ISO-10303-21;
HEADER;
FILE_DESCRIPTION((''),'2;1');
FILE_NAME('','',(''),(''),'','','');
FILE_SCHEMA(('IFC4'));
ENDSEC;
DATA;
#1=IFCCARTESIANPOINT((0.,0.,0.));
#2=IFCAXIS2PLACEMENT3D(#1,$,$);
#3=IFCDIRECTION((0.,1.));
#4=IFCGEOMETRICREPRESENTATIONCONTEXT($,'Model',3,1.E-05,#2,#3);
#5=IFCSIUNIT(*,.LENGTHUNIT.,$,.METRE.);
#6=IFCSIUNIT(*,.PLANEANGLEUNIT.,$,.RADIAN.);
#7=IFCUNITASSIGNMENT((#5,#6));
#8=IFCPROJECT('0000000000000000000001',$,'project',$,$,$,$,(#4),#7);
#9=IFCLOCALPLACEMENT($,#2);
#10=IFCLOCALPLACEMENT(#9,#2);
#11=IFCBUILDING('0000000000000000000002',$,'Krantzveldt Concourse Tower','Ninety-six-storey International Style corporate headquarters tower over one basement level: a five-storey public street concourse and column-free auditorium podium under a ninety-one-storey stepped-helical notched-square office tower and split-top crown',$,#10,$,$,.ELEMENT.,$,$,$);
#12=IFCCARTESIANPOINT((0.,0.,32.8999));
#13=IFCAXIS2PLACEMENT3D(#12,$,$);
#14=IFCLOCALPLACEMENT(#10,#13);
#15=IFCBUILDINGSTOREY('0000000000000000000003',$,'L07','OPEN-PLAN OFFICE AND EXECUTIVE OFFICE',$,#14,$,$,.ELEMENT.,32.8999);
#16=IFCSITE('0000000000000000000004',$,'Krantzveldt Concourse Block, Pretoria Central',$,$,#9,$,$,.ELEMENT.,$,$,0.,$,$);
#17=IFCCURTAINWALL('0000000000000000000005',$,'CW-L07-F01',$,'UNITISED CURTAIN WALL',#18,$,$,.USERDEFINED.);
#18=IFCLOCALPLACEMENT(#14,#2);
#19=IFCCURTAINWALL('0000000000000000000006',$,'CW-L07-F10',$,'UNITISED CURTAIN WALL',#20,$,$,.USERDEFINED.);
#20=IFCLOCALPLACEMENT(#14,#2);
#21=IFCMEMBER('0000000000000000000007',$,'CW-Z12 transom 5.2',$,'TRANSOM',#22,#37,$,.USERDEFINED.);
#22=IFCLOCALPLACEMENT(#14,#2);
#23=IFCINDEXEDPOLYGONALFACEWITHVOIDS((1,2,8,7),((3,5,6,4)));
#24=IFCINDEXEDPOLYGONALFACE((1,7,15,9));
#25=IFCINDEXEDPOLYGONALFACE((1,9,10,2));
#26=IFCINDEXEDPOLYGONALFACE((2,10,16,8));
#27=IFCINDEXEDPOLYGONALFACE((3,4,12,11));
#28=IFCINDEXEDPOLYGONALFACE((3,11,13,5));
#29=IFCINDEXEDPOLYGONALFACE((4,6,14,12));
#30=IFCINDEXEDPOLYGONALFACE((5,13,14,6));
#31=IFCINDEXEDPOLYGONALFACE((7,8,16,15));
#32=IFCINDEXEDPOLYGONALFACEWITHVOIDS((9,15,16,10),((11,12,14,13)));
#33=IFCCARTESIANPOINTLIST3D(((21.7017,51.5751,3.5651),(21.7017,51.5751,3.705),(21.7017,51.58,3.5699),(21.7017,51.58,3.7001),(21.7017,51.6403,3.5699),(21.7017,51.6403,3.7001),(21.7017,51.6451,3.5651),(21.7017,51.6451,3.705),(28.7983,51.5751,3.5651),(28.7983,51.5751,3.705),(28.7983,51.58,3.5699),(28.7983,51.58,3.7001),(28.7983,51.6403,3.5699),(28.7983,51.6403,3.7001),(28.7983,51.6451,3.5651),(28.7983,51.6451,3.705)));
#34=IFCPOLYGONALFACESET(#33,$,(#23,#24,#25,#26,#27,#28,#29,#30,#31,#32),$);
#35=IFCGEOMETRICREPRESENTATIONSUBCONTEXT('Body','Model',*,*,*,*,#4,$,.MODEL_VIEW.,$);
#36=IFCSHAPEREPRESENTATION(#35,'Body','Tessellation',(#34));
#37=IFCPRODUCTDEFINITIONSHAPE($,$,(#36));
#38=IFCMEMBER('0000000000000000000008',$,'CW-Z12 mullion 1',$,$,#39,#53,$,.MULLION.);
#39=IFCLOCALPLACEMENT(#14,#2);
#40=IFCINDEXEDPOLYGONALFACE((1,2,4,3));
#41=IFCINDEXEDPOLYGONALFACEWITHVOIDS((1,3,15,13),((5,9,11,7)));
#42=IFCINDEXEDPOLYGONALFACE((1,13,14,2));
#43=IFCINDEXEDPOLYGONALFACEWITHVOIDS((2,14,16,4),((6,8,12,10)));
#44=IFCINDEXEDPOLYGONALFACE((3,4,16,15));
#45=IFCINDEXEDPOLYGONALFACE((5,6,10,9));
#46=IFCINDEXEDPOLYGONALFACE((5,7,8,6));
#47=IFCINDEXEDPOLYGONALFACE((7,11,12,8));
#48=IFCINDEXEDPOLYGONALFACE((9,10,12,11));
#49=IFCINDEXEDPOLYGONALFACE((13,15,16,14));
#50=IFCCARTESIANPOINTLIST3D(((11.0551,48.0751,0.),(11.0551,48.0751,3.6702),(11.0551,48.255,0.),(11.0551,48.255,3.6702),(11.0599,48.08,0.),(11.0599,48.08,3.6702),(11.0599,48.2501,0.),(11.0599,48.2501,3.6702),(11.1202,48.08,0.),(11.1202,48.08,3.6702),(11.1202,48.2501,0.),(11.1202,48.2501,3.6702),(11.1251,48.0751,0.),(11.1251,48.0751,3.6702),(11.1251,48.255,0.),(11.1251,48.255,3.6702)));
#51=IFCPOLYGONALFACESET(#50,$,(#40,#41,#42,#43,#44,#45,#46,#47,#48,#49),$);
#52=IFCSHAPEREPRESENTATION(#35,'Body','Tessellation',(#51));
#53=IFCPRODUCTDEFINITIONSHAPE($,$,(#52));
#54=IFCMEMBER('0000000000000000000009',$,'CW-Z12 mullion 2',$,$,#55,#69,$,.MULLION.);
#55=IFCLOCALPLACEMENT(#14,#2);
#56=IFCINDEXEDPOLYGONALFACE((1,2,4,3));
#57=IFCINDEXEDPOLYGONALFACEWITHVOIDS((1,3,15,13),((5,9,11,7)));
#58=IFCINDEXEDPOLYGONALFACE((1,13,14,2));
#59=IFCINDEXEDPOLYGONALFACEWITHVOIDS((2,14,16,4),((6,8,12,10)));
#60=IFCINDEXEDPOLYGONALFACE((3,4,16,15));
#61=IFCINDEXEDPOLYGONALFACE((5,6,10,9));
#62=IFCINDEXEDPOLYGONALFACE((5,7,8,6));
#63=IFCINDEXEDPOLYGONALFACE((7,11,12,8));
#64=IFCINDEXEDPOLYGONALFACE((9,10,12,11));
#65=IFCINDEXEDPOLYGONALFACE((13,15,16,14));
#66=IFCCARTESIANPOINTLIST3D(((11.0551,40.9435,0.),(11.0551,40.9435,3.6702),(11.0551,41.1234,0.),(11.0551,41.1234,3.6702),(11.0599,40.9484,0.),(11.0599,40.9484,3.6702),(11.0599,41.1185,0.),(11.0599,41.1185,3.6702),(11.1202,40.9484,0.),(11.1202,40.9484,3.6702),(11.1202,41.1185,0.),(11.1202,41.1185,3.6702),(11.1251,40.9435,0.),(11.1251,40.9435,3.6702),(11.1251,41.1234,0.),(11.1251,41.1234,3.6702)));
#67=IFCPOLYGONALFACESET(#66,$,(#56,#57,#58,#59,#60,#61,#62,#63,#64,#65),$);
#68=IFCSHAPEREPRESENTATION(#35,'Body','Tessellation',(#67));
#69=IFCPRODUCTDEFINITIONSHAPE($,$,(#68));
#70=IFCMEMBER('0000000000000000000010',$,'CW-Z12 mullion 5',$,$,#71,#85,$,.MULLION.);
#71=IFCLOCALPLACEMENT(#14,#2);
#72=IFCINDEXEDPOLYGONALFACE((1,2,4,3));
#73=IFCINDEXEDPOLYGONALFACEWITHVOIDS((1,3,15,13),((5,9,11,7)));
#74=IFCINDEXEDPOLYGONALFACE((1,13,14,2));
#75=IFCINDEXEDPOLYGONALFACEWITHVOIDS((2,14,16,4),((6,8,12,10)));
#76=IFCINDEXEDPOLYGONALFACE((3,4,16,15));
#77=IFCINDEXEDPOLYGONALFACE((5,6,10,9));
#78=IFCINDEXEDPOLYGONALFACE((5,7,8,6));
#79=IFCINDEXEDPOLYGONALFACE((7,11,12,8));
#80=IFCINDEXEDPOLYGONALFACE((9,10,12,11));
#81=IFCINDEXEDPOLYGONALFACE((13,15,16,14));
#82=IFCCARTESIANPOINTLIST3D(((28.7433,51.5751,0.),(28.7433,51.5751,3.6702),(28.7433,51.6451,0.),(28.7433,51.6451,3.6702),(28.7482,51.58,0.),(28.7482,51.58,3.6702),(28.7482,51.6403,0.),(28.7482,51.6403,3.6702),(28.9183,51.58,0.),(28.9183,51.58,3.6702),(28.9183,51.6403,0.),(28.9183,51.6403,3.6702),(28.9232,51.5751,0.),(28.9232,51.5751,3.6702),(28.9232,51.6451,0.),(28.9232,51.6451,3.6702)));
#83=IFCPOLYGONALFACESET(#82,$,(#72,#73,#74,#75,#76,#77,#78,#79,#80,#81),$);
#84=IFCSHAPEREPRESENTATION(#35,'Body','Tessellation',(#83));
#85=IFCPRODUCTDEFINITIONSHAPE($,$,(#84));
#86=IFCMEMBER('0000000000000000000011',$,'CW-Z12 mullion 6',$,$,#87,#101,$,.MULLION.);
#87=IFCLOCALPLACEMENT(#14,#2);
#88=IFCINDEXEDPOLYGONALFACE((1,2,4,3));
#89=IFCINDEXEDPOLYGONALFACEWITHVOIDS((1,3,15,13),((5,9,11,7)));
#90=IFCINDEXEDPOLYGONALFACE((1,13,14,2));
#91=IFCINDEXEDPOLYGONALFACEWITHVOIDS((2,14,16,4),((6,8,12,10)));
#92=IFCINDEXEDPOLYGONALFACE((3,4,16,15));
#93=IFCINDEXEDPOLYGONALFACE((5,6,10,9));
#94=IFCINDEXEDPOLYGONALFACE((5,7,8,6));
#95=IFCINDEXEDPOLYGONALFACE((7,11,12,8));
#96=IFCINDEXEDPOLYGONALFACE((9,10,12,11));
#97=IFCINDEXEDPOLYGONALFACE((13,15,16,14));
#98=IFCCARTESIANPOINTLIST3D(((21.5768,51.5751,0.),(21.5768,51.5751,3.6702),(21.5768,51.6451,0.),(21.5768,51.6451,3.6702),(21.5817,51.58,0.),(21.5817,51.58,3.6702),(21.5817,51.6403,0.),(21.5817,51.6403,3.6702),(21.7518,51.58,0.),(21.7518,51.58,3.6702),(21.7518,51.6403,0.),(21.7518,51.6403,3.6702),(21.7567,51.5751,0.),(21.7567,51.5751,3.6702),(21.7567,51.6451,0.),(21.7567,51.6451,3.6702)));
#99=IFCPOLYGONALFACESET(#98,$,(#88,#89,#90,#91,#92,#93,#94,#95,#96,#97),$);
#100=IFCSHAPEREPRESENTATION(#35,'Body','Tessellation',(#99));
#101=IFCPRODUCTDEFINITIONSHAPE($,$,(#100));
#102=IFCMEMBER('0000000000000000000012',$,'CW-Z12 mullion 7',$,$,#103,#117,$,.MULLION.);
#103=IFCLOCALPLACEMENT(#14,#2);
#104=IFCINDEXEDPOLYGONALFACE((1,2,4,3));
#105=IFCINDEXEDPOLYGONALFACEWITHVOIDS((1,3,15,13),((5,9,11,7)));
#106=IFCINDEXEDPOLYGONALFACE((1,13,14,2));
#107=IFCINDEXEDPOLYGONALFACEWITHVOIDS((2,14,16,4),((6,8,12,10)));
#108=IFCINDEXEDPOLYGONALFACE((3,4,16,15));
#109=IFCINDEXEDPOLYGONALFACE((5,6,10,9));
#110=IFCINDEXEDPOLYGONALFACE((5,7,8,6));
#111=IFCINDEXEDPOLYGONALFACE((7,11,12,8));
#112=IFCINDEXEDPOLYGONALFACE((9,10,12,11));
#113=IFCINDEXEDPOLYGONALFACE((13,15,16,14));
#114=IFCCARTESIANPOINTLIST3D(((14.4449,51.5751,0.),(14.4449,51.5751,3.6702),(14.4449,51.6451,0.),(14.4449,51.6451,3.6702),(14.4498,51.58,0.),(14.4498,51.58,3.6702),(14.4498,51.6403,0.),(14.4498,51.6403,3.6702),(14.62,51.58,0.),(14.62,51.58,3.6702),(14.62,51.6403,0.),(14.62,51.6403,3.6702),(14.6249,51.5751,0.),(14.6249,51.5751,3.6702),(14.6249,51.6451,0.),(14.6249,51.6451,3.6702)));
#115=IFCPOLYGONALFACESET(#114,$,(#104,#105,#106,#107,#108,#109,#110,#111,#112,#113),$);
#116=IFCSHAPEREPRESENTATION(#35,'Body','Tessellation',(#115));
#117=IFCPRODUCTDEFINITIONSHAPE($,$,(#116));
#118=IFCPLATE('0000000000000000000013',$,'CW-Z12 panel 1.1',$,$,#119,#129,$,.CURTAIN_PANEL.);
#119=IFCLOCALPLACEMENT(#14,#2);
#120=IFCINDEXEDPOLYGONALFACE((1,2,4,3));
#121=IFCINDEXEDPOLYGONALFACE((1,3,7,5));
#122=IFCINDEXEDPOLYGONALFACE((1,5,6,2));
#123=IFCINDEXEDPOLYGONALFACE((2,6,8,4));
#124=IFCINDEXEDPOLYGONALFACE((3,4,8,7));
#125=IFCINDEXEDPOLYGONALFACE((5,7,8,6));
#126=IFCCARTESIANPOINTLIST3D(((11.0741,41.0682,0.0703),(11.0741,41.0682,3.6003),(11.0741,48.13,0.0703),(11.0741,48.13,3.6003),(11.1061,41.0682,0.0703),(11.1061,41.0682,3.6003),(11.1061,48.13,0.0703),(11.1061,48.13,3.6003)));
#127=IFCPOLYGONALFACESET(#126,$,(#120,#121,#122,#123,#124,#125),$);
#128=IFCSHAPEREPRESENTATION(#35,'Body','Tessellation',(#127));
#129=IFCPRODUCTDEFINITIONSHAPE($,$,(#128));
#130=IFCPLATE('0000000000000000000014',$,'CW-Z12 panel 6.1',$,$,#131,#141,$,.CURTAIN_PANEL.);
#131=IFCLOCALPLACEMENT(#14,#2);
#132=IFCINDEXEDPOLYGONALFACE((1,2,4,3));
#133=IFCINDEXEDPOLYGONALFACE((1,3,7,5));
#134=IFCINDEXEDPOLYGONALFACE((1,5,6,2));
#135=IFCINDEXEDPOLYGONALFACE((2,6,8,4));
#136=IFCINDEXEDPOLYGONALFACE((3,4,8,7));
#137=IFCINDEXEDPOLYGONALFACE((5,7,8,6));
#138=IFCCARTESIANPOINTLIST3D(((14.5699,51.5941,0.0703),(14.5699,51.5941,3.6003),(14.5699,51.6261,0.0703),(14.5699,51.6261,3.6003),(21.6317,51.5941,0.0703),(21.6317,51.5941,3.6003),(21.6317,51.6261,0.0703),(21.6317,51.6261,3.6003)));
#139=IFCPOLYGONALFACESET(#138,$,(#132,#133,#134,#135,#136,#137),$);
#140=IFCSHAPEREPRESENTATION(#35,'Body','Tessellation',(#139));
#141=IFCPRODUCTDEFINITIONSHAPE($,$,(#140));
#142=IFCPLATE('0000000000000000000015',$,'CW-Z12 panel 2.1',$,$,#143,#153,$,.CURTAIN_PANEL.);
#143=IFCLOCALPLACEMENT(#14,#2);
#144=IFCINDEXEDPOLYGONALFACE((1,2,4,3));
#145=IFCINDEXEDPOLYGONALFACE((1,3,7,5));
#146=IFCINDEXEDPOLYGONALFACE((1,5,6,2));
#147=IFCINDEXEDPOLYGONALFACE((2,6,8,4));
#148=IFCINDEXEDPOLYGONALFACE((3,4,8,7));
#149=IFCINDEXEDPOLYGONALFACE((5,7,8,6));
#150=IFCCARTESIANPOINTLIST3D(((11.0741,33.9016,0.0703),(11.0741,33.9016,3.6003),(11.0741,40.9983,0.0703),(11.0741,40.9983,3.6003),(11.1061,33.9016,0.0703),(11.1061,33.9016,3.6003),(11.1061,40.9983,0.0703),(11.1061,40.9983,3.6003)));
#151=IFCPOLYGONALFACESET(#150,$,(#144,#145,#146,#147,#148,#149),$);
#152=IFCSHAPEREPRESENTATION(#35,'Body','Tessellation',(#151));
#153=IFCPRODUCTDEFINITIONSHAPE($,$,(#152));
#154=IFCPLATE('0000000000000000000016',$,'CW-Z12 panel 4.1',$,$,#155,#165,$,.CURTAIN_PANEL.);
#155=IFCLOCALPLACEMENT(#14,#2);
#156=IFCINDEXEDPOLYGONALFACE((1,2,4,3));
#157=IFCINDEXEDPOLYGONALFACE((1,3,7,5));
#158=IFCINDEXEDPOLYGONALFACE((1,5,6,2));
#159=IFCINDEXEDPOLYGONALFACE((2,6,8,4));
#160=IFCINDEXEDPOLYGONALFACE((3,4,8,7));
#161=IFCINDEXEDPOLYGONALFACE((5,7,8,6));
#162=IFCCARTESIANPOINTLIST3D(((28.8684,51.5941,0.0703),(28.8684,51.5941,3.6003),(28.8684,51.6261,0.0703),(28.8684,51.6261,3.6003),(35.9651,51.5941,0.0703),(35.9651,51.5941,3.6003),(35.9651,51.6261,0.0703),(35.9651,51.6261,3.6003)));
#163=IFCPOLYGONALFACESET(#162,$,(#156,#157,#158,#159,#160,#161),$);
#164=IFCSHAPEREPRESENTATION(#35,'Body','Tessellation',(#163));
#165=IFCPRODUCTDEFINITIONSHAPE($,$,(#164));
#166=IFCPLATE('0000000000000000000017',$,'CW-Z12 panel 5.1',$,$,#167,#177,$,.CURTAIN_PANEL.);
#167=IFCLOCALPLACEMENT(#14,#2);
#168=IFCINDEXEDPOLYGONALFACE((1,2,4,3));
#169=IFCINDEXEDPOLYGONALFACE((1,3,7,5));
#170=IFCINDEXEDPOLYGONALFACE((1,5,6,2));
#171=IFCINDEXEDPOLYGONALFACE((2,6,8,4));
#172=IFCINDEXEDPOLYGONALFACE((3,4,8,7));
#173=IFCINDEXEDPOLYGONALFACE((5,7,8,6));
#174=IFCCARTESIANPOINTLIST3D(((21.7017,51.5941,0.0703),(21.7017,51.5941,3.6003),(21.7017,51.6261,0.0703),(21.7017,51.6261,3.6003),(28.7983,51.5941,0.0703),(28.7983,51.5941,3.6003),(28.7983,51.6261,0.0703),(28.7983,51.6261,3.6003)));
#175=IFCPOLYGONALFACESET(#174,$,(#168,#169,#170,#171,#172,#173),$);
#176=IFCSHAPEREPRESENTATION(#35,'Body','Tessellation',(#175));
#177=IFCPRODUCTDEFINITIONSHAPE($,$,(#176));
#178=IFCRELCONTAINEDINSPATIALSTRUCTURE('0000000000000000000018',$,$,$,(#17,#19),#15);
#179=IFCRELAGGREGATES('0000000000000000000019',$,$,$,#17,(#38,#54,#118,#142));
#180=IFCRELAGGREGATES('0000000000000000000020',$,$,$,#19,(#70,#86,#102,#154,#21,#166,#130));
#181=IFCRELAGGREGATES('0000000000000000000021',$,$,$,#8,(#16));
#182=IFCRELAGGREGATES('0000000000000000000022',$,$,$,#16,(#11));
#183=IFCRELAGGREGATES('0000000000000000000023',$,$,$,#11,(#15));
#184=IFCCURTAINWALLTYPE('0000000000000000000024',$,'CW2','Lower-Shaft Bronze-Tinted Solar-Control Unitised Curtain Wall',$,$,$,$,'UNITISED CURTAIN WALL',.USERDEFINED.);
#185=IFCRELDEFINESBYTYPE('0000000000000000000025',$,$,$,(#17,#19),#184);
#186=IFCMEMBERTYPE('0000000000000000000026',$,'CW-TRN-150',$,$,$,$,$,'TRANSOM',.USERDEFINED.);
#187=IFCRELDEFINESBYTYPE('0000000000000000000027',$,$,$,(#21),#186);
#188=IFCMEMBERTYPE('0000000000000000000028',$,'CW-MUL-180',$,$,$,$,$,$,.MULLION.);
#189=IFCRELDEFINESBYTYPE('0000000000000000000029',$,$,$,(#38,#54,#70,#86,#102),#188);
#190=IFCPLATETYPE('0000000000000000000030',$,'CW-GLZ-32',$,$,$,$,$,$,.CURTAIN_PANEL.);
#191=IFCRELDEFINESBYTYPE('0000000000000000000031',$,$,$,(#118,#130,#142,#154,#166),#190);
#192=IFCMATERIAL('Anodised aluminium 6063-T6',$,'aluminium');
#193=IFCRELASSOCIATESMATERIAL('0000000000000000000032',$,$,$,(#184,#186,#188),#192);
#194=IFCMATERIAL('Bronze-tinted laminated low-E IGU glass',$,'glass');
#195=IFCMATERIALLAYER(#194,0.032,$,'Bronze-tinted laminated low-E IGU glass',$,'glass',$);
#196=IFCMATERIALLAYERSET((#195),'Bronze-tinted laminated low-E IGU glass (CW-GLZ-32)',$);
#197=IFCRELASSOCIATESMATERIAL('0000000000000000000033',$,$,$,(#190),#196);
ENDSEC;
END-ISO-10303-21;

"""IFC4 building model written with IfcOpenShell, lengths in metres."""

from ifc_helpers import new_model, si_unit, direction, frame, origin, origin_2d, place, context, subcontext, project, spatial, rectangle, hollow_rectangle, extrude, source, transform, mapped, material, layer, layer_set, material_profile, profile_set, type_object, type_shapes, element, aggregate, save


model = new_model("IFC4")

# Units and contexts
model_context = context("Model", 3, precision=1e-05, world=origin(), true_north=direction((0.0, 1.0)))
body_context = subcontext(model_context, "Body", "Model", "MODEL_VIEW")
ifc_project = project(units=[si_unit("LENGTHUNIT", "METRE"), si_unit("PLANEANGLEUNIT", "RADIAN")], contexts=[model_context])

# Site, building, storey
site_placement = place(None, origin())
site = spatial("IfcSite", under=ifc_project, at=site_placement, Name="Krantzveldt Concourse Block, Pretoria Central", CompositionType="ELEMENT", RefElevation=0.0)
building_placement = place(site_placement, origin())
building = spatial("IfcBuilding", under=site, at=building_placement, Name="Krantzveldt Concourse Tower", Description="Ninety-six-storey International Style corporate headquarters tower over one basement level: a five-storey public street concourse and column-free auditorium podium under a ninety-one-storey stepped-helical notched-square office tower and split-top crown", CompositionType="ELEMENT")
storey_placement = place(building_placement, frame((0.0, 0.0, 32.8999)))
storey = spatial("IfcBuildingStorey", under=building, at=storey_placement, Name="L07", Description="OPEN-PLAN OFFICE AND EXECUTIVE OFFICE", CompositionType="ELEMENT", Elevation=32.8999)

# Curtain walls
ifc_material_1 = material(Name="Anodised aluminium 6063-T6", Category="aluminium")
curtain_wall_type = type_object("IfcCurtainWallType", Name="CW2", Description="Lower-Shaft Bronze-Tinted Solar-Control Unitised Curtain Wall", ElementType="UNITISED CURTAIN WALL", PredefinedType="USERDEFINED", material=ifc_material_1)
curtain_wall_1_placement = place(storey_placement, origin())
curtain_wall_1 = element("IfcCurtainWall", 1, at=curtain_wall_1_placement, inside=storey, type_object=curtain_wall_type, Name="CW-L07-F01", ObjectType="UNITISED CURTAIN WALL", PredefinedType="USERDEFINED")
ifc_material_profile_1 = material_profile(ifc_material_1, hollow_rectangle(XDim=0.0701, YDim=0.1399, WallThickness=0.0049, at=origin_2d()), Name="Anodised aluminium 6063-T6", Category="aluminium")
ifc_profile_set_1 = profile_set([ifc_material_profile_1], Name="Anodised aluminium 6063-T6 - ALU-TRAN 140x70x5")
member_type_1 = type_object("IfcMemberType", Name="CW-TRN-150", ElementType="TRANSOM", PredefinedType="USERDEFINED", material=ifc_profile_set_1)
curtain_wall_2_placement = place(storey_placement, origin())
curtain_wall_2 = element("IfcCurtainWall", 2, at=curtain_wall_2_placement, inside=storey, type_object=curtain_wall_type, Name="CW-L07-F10", ObjectType="UNITISED CURTAIN WALL", PredefinedType="USERDEFINED")

# Members
shared_shape_1 = source(origin(), body_context, "Body", "SweptSolid", [
    extrude(hollow_rectangle(XDim=0.0701, YDim=0.1399, WallThickness=0.0049, at=origin_2d()), origin(), (0.0, 0.0, 1.0), 7.0967),
])
member_1_placement = place(storey_placement, frame((28.7983, 51.6101, 3.635), z_axis=(-1.0, 0.0, 0.0), x_axis=(0.0, -1.0, 0.0)))
member_1 = element("IfcMember", 3, at=member_1_placement, type_object=member_type_1, Name="CW-Z12 transom 5.2", ObjectType="TRANSOM", PredefinedType="USERDEFINED", context=body_context, shape_type="MappedRepresentation", body=[
    mapped(shared_shape_1, transform((0.0, 0.0, 0.0), x_axis=(1.0, 0.0, 0.0), y_axis=(0.0, 1.0, 0.0), z_axis=(0.0, 0.0, 1.0), scale=1.0)),
])
ifc_material_profile_2 = material_profile(ifc_material_1, hollow_rectangle(XDim=0.0701, YDim=0.1799, WallThickness=0.0049, at=origin_2d()), Name="Anodised aluminium 6063-T6", Category="aluminium")
ifc_profile_set_2 = profile_set([ifc_material_profile_2], Name="Anodised aluminium 6063-T6 - ALU-MULL 180x70x5")
member_type_2 = type_object("IfcMemberType", Name="CW-MUL-180", PredefinedType="MULLION", material=ifc_profile_set_2)
shared_shape_2 = source(origin(), body_context, "Body", "SweptSolid", [
    extrude(hollow_rectangle(XDim=0.0701, YDim=0.1799, WallThickness=0.0049, at=origin_2d()), origin(), (0.0, 0.0, 1.0), 3.6702),
])
type_shapes(member_type_2, [shared_shape_2])
member_2_placement = place(storey_placement, frame((11.0901, 48.165, 0.0), z_axis=(0.0, 0.0, 1.0), x_axis=(1.0, 0.0, 0.0)))
member_2 = element("IfcMember", 4, at=member_2_placement, type_object=member_type_2, Name="CW-Z12 mullion 1", PredefinedType="MULLION", context=body_context, shape_type="MappedRepresentation", body=[
    mapped(shared_shape_2, transform((0.0, 0.0, 0.0), x_axis=(1.0, 0.0, 0.0), y_axis=(0.0, 1.0, 0.0), z_axis=(0.0, 0.0, 1.0), scale=1.0)),
])
member_3_placement = place(storey_placement, frame((11.0901, 41.0334, 0.0), z_axis=(0.0, 0.0, 1.0), x_axis=(1.0, 0.0, 0.0)))
member_3 = element("IfcMember", 5, at=member_3_placement, type_object=member_type_2, Name="CW-Z12 mullion 2", PredefinedType="MULLION", context=body_context, shape_type="MappedRepresentation", body=[
    mapped(shared_shape_2, transform((0.0, 0.0, 0.0), x_axis=(1.0, 0.0, 0.0), y_axis=(0.0, 1.0, 0.0), z_axis=(0.0, 0.0, 1.0), scale=1.0)),
])
member_4_placement = place(storey_placement, frame((28.8333, 51.6101, 0.0), z_axis=(0.0, 0.0, 1.0), x_axis=(0.0, -1.0, 0.0)))
member_4 = element("IfcMember", 6, at=member_4_placement, type_object=member_type_2, Name="CW-Z12 mullion 5", PredefinedType="MULLION", context=body_context, shape_type="MappedRepresentation", body=[
    mapped(shared_shape_2, transform((0.0, 0.0, 0.0), x_axis=(1.0, 0.0, 0.0), y_axis=(0.0, 1.0, 0.0), z_axis=(0.0, 0.0, 1.0), scale=1.0)),
])
member_5_placement = place(storey_placement, frame((21.6667, 51.6101, 0.0), z_axis=(0.0, 0.0, 1.0), x_axis=(0.0, -1.0, 0.0)))
member_5 = element("IfcMember", 7, at=member_5_placement, type_object=member_type_2, Name="CW-Z12 mullion 6", PredefinedType="MULLION", context=body_context, shape_type="MappedRepresentation", body=[
    mapped(shared_shape_2, transform((0.0, 0.0, 0.0), x_axis=(1.0, 0.0, 0.0), y_axis=(0.0, 1.0, 0.0), z_axis=(0.0, 0.0, 1.0), scale=1.0)),
])
member_6_placement = place(storey_placement, frame((14.5349, 51.6101, 0.0), z_axis=(0.0, 0.0, 1.0), x_axis=(0.0, -1.0, 0.0)))
member_6 = element("IfcMember", 8, at=member_6_placement, type_object=member_type_2, Name="CW-Z12 mullion 7", PredefinedType="MULLION", context=body_context, shape_type="MappedRepresentation", body=[
    mapped(shared_shape_2, transform((0.0, 0.0, 0.0), x_axis=(1.0, 0.0, 0.0), y_axis=(0.0, 1.0, 0.0), z_axis=(0.0, 0.0, 1.0), scale=1.0)),
])

# Plates
ifc_material_2 = material(Name="Bronze-tinted laminated low-E IGU glass", Category="glass")
ifc_layer_1 = layer(ifc_material_2, 0.032, Name="Bronze-tinted laminated low-E IGU glass", Category="glass")
ifc_layer_set_1 = layer_set([ifc_layer_1], Name="Bronze-tinted laminated low-E IGU glass (CW-GLZ-32)")
plate_type = type_object("IfcPlateType", Name="CW-GLZ-32", PredefinedType="CURTAIN_PANEL", material=ifc_layer_set_1)
shared_shape_3 = source(origin(), body_context, "Body", "SweptSolid", [
    extrude(rectangle(XDim=7.0618, YDim=0.032, at=origin_2d()), origin(), (0.0, 0.0, 1.0), 3.53),
])
plate_1_placement = place(storey_placement, frame((11.0901, 44.5991, 0.0703), z_axis=(0.0, 0.0, 1.0), x_axis=(0.0, -1.0, 0.0)))
plate_1 = element("IfcPlate", 9, at=plate_1_placement, type_object=plate_type, Name="CW-Z12 panel 1.1", PredefinedType="CURTAIN_PANEL", context=body_context, shape_type="MappedRepresentation", body=[
    mapped(shared_shape_3, transform((0.0, 0.0, 0.0), x_axis=(1.0, 0.0, 0.0), y_axis=(0.0, 1.0, 0.0), z_axis=(0.0, 0.0, 1.0), scale=1.0)),
])
plate_2_placement = place(storey_placement, frame((18.1008, 51.6101, 0.0703), z_axis=(0.0, 0.0, 1.0), x_axis=(-1.0, 0.0, 0.0)))
plate_2 = element("IfcPlate", 10, at=plate_2_placement, type_object=plate_type, Name="CW-Z12 panel 6.1", PredefinedType="CURTAIN_PANEL", context=body_context, shape_type="MappedRepresentation", body=[
    mapped(shared_shape_3, transform((0.0, 0.0, 0.0), x_axis=(1.0, 0.0, 0.0), y_axis=(0.0, 1.0, 0.0), z_axis=(0.0, 0.0, 1.0), scale=1.0)),
])
shared_shape_4 = source(origin(), body_context, "Body", "SweptSolid", [
    extrude(rectangle(XDim=7.0967, YDim=0.032, at=origin_2d()), origin(), (0.0, 0.0, 1.0), 3.53),
])
type_shapes(plate_type, [shared_shape_3, shared_shape_4])
plate_3_placement = place(storey_placement, frame((11.0901, 37.45, 0.0703), z_axis=(0.0, 0.0, 1.0), x_axis=(0.0, -1.0, 0.0)))
plate_3 = element("IfcPlate", 11, at=plate_3_placement, type_object=plate_type, Name="CW-Z12 panel 2.1", PredefinedType="CURTAIN_PANEL", context=body_context, shape_type="MappedRepresentation", body=[
    mapped(shared_shape_4, transform((0.0, 0.0, 0.0), x_axis=(1.0, 0.0, 0.0), y_axis=(0.0, 1.0, 0.0), z_axis=(0.0, 0.0, 1.0), scale=1.0)),
])
aggregate(curtain_wall_1, [member_2, member_3, plate_1, plate_3])
plate_4_placement = place(storey_placement, frame((32.4167, 51.6101, 0.0703), z_axis=(0.0, 0.0, 1.0), x_axis=(-1.0, 0.0, 0.0)))
plate_4 = element("IfcPlate", 12, at=plate_4_placement, type_object=plate_type, Name="CW-Z12 panel 4.1", PredefinedType="CURTAIN_PANEL", context=body_context, shape_type="MappedRepresentation", body=[
    mapped(shared_shape_4, transform((0.0, 0.0, 0.0), x_axis=(1.0, 0.0, 0.0), y_axis=(0.0, 1.0, 0.0), z_axis=(0.0, 0.0, 1.0), scale=1.0)),
])
plate_5_placement = place(storey_placement, frame((25.25, 51.6101, 0.0703), z_axis=(0.0, 0.0, 1.0), x_axis=(-1.0, 0.0, 0.0)))
plate_5 = element("IfcPlate", 13, at=plate_5_placement, type_object=plate_type, Name="CW-Z12 panel 5.1", PredefinedType="CURTAIN_PANEL", context=body_context, shape_type="MappedRepresentation", body=[
    mapped(shared_shape_4, transform((0.0, 0.0, 0.0), x_axis=(1.0, 0.0, 0.0), y_axis=(0.0, 1.0, 0.0), z_axis=(0.0, 0.0, 1.0), scale=1.0)),
])
aggregate(curtain_wall_2, [member_4, member_5, member_6, plate_4, member_1, plate_5, plate_2])

save(model, "model.ifc")
